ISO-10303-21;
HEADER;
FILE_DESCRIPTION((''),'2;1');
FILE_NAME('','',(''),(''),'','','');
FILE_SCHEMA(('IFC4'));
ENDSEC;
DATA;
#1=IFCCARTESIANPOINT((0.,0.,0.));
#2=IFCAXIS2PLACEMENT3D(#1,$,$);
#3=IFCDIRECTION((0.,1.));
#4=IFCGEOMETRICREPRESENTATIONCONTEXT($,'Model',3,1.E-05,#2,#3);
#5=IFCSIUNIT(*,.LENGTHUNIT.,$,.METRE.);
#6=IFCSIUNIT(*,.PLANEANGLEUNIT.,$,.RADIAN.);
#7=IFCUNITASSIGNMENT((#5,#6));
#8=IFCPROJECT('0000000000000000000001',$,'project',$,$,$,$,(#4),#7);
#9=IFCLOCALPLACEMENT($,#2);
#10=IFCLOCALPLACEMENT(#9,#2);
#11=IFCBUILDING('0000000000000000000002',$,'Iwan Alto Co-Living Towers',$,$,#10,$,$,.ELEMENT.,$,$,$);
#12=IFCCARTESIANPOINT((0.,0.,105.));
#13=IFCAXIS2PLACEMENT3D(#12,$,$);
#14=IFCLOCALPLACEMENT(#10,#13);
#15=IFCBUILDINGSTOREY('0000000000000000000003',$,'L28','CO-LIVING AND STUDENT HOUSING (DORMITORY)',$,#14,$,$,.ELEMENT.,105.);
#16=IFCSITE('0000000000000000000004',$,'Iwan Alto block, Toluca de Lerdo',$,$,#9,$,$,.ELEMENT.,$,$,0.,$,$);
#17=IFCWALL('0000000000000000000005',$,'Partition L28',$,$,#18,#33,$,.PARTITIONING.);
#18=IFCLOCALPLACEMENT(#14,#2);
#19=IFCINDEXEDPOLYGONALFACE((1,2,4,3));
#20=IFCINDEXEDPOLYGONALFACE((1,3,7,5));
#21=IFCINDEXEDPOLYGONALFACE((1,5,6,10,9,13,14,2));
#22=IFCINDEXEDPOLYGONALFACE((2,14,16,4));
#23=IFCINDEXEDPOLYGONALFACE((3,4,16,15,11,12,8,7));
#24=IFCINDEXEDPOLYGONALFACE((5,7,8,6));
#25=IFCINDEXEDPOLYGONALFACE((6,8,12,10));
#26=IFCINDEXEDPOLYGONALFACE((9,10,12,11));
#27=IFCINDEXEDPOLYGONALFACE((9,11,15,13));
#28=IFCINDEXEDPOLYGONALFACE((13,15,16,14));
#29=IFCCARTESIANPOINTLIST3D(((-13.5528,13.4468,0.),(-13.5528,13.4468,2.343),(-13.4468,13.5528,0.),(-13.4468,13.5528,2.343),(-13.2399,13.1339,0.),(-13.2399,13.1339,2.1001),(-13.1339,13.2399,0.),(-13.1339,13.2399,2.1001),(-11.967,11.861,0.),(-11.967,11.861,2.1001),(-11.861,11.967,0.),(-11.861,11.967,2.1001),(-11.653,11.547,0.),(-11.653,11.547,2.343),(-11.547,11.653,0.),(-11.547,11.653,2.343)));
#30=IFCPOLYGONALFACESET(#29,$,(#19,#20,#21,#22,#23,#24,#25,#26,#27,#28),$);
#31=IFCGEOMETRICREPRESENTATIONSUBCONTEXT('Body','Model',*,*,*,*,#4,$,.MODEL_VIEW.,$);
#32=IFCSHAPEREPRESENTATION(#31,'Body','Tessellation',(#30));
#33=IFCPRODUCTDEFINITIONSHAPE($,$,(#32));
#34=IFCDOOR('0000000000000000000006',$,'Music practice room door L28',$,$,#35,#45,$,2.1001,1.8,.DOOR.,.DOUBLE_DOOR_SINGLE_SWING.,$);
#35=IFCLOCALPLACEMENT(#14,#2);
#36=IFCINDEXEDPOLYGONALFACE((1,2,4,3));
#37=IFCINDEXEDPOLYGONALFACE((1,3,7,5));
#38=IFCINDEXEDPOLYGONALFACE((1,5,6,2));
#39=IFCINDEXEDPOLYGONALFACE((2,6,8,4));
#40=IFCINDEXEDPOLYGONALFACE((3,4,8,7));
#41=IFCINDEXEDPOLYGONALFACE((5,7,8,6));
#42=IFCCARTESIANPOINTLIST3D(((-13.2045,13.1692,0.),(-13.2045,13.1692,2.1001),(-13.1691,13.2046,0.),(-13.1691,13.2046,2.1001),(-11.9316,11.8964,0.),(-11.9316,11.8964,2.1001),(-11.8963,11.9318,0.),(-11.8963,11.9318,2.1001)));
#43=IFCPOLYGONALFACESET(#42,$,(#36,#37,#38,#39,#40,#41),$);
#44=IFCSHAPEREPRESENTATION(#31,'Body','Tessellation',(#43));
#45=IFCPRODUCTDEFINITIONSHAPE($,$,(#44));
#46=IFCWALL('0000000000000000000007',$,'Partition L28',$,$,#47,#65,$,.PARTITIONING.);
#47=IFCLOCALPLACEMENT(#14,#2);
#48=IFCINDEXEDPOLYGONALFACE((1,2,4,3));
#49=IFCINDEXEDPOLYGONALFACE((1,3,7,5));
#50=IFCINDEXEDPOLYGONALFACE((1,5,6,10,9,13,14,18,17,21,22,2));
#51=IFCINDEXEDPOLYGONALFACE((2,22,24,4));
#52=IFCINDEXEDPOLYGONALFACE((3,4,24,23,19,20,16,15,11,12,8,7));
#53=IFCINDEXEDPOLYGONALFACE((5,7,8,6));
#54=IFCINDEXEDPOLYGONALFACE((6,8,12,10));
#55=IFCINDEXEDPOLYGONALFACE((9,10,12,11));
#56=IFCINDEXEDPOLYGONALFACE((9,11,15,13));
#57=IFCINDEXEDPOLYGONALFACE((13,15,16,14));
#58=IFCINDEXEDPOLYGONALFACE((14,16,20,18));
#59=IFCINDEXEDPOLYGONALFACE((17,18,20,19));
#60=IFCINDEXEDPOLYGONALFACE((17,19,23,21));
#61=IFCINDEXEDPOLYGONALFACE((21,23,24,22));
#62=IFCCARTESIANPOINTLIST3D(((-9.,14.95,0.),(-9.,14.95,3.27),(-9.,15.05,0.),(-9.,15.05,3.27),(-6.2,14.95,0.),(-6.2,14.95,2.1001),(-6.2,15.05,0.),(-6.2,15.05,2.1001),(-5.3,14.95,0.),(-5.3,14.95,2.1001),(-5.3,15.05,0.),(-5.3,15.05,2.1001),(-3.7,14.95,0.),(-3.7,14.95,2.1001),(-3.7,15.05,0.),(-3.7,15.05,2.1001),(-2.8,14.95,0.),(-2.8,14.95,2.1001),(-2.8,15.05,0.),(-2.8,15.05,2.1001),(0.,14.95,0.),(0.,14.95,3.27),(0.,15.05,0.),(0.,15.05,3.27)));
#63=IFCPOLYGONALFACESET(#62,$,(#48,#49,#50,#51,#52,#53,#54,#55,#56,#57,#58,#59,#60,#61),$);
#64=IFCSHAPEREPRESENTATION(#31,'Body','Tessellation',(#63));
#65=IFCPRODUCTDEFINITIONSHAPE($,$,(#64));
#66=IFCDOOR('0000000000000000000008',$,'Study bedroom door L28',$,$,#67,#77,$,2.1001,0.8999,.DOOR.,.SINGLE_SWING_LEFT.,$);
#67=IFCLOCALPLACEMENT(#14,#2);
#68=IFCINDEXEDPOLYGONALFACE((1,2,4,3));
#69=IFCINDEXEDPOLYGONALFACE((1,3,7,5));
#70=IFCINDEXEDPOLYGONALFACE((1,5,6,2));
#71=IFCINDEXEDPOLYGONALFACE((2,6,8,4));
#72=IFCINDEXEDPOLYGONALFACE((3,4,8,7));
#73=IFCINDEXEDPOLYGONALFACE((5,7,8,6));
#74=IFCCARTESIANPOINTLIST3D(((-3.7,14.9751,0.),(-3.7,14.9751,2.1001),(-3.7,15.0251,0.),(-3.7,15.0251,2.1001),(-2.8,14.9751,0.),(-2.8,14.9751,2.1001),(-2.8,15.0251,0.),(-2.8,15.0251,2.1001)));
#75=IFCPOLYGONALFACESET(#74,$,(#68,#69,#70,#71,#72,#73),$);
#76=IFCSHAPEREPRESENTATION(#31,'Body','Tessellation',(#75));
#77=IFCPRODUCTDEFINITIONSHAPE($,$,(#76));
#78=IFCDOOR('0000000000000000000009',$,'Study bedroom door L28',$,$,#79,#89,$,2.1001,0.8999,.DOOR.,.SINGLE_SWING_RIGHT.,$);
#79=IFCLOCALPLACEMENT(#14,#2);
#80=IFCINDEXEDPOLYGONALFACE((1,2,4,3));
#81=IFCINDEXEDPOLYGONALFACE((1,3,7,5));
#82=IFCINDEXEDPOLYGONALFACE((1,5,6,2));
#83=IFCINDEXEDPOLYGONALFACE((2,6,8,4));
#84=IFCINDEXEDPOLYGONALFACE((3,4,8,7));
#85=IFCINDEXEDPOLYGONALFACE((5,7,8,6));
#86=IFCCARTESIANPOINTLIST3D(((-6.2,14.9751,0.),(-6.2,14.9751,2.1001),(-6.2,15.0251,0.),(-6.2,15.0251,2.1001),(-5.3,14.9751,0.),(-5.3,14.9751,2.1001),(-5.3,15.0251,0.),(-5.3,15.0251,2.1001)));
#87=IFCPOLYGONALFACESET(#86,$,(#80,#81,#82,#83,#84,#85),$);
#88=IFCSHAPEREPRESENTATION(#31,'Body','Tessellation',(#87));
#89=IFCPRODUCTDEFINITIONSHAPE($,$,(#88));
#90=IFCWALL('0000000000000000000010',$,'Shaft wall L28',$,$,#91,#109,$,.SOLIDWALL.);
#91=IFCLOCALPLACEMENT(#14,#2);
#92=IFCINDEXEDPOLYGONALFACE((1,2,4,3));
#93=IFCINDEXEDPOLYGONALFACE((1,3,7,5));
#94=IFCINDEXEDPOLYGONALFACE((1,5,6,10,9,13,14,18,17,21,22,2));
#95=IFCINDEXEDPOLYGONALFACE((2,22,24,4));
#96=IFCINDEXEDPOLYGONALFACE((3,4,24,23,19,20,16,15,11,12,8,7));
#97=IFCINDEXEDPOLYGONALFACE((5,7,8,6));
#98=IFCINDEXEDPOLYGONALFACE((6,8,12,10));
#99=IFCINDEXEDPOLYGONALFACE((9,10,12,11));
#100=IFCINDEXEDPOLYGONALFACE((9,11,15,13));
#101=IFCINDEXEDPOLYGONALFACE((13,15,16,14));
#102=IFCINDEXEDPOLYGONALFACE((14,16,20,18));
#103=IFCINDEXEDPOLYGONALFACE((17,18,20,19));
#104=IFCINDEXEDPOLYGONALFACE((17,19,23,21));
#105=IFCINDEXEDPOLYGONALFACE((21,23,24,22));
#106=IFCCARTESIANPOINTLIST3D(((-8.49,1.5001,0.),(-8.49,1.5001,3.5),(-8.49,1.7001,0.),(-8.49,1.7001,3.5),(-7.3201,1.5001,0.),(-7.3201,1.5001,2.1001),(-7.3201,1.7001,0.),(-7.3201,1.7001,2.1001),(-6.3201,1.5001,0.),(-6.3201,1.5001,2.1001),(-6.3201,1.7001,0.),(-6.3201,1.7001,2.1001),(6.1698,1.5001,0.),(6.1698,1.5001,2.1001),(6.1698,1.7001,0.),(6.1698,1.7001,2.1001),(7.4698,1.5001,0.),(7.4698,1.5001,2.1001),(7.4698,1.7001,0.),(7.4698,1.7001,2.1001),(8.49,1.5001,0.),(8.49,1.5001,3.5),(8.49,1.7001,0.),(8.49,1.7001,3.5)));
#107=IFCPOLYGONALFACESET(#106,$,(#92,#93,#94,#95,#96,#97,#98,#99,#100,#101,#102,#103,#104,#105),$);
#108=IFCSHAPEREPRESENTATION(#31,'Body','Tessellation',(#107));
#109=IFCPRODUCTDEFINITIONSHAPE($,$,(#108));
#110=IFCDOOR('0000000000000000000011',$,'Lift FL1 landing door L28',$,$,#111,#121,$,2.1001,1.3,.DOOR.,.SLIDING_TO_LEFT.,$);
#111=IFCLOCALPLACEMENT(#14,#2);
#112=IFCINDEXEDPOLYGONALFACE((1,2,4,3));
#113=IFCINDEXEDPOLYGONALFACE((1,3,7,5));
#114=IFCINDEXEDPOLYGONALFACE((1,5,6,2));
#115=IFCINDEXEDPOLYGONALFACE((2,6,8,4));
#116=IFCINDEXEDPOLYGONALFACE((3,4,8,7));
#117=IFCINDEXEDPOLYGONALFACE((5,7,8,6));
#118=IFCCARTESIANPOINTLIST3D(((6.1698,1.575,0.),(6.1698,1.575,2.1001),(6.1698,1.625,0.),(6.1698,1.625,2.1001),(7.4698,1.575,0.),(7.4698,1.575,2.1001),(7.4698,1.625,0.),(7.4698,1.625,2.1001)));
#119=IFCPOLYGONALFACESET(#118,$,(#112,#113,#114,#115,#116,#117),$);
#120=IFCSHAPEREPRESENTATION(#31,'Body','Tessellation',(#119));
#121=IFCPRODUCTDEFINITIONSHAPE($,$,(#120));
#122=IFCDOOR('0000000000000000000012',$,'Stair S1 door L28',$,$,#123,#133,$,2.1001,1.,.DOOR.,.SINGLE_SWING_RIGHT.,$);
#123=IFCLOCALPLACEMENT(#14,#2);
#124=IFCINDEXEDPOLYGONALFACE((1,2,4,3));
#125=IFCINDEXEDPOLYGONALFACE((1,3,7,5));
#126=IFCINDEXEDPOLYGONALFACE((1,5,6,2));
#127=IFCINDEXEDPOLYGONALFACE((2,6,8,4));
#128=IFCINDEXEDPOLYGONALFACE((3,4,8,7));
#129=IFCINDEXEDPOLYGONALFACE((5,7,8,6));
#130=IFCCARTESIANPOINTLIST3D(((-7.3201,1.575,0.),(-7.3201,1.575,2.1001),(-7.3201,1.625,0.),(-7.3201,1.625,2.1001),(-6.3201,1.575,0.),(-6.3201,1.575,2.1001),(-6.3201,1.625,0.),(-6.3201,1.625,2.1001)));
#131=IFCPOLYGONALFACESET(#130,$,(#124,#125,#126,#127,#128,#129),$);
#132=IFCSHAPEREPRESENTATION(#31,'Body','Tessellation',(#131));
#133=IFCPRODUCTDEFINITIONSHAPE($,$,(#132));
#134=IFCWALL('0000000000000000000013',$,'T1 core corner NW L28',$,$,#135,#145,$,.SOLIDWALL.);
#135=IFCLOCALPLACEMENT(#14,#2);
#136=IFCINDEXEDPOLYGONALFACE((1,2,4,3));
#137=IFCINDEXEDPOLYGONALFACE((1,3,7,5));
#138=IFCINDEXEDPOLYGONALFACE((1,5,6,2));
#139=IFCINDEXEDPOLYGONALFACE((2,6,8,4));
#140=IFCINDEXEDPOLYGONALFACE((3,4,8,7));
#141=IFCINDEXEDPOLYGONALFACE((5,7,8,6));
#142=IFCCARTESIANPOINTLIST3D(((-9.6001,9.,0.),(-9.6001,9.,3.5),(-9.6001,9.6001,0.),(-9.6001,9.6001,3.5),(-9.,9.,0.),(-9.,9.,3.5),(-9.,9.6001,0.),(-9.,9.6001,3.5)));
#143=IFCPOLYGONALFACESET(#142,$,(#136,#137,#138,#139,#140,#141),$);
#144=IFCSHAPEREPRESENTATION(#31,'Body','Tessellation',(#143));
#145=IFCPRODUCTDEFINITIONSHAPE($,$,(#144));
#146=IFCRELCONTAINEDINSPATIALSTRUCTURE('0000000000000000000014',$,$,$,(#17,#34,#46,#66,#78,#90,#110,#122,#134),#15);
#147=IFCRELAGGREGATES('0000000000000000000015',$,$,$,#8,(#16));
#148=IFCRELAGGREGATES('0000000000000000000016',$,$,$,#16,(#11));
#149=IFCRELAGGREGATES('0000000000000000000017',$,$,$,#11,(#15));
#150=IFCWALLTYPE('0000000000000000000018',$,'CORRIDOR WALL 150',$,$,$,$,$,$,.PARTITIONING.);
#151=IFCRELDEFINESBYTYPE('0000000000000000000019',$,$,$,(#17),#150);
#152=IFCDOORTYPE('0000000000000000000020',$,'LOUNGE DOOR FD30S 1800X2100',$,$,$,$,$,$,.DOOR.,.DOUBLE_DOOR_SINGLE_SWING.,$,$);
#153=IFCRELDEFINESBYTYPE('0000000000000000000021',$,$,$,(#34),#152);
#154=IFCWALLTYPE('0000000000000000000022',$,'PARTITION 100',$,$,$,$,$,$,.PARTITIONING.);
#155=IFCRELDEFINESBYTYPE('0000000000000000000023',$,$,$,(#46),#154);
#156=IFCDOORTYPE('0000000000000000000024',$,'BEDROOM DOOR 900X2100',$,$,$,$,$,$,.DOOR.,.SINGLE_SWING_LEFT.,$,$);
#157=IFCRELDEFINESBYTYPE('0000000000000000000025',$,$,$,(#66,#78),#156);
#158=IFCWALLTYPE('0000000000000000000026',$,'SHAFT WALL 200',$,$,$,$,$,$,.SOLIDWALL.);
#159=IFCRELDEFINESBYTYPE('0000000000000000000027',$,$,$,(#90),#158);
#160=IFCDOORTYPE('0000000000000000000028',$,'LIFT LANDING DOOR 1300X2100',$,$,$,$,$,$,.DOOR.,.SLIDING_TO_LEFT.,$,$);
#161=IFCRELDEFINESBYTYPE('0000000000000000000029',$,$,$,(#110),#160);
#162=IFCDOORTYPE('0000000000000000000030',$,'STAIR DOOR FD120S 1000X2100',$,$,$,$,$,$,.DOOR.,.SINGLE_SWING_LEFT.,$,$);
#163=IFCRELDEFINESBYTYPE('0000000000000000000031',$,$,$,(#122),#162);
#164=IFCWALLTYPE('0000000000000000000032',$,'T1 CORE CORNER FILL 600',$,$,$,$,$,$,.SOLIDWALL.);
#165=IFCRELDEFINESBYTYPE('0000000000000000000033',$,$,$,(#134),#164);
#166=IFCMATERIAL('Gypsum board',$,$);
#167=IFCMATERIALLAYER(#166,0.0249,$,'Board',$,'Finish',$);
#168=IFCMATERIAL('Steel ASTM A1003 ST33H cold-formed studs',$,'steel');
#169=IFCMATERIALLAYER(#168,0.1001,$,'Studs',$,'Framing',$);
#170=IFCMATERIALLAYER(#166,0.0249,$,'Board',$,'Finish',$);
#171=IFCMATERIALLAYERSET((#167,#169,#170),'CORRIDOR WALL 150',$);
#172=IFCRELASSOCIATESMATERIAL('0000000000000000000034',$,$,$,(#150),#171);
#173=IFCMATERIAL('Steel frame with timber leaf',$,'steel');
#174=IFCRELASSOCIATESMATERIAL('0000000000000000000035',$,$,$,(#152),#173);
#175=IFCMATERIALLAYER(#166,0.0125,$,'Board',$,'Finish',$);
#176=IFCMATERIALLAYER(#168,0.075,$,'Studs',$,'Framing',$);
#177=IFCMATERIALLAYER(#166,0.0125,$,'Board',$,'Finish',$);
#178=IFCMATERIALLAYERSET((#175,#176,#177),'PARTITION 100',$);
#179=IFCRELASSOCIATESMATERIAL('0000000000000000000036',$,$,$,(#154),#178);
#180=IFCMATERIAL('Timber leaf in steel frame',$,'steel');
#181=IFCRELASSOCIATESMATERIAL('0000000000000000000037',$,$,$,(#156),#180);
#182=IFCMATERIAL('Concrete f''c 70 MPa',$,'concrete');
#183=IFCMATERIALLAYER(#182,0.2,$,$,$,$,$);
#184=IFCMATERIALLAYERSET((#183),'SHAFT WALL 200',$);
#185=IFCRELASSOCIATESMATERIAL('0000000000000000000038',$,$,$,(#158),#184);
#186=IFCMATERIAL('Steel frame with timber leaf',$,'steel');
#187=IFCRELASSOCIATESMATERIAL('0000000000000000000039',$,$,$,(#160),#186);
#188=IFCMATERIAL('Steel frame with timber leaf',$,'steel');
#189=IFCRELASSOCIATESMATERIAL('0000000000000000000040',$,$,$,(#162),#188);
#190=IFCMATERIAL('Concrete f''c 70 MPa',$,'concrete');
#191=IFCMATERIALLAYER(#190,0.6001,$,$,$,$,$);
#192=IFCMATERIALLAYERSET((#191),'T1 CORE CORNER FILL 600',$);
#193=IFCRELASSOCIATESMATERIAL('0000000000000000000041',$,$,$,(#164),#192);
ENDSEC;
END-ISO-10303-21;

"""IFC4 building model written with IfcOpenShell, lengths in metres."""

from ifc_helpers import new_model, si_unit, direction, frame, frame_2d, origin, place, context, subcontext, project, spatial, rectangle, extrude, material, layer, layer_set, type_object, element, fill, save


model = new_model("IFC4")

# Units and contexts
model_context = context("Model", 3, precision=1e-05, world=origin(), true_north=direction((0.0, 1.0)))
body_context = subcontext(model_context, "Body", "Model", "MODEL_VIEW")
ifc_project = project(units=[si_unit("LENGTHUNIT", "METRE"), si_unit("PLANEANGLEUNIT", "RADIAN")], contexts=[model_context])

# Site, building, storey
site_placement = place(None, origin())
site = spatial("IfcSite", under=ifc_project, at=site_placement, Name="Iwan Alto block, Toluca de Lerdo", CompositionType="ELEMENT", RefElevation=0.0)
building_placement = place(site_placement, origin())
building = spatial("IfcBuilding", under=site, at=building_placement, Name="Iwan Alto Co-Living Towers", CompositionType="ELEMENT")
storey_placement = place(building_placement, frame((0.0, 0.0, 105.0)))
storey = spatial("IfcBuildingStorey", under=building, at=storey_placement, Name="L28", Description="CO-LIVING AND STUDENT HOUSING (DORMITORY)", CompositionType="ELEMENT", Elevation=105.0)

# Shared definitions
ifc_material_1 = material(Name="Gypsum board")
ifc_layer_1 = layer(ifc_material_1, 0.0249, Name="Board", Category="Finish")
ifc_material_2 = material(Name="Steel ASTM A1003 ST33H cold-formed studs", Category="steel")
ifc_layer_2 = layer(ifc_material_2, 0.1001, Name="Studs", Category="Framing")
ifc_layer_3 = layer(ifc_material_1, 0.0249, Name="Board", Category="Finish")
ifc_layer_set_1 = layer_set([ifc_layer_1, ifc_layer_2, ifc_layer_3], Name="CORRIDOR WALL 150")
wall_type_1 = type_object("IfcWallType", Name="CORRIDOR WALL 150", PredefinedType="PARTITIONING", material=ifc_layer_set_1)
ifc_material_3 = material(Name="Steel frame with timber leaf", Category="steel")
door_type_1 = type_object("IfcDoorType", Name="LOUNGE DOOR FD30S 1800X2100", OperationType="DOUBLE_DOOR_SINGLE_SWING", PredefinedType="DOOR", material=ifc_material_3)

# Wall, opening, door
wall_1_placement = place(storey_placement, frame((-11.6001, 11.6001, 0.0), z_axis=(0.0, 0.0, 1.0), x_axis=(-0.707107, 0.707107, 0.0)))
wall_1 = element("IfcWall", 1, at=wall_1_placement, inside=storey, type_object=wall_type_1, Name="Partition L28", PredefinedType="PARTITIONING", context=body_context, shape_type="SweptSolid", body=[
    extrude(rectangle(XDim=2.6868, YDim=0.1499, at=frame_2d((1.3433, 0.0))), origin(), (0.0, 0.0, 1.0), 2.343),
])
opening_1_placement = place(wall_1_placement, frame((0.4441, 0.0, 0.0)))
opening_1 = element("IfcOpeningElement", 2, at=opening_1_placement, cuts=wall_1, PredefinedType="OPENING", context=body_context, shape_type="SweptSolid", body=[
    extrude(rectangle(XDim=1.8, YDim=2.1001, at=frame_2d((0.8999, 1.05))), frame((0.0, 0.085, 0.0), z_axis=(0.0, -1.0, 0.0), x_axis=(1.0, 0.0, 0.0)), (0.0, 0.0, 1.0), 0.1699),
])
door_1_placement = place(opening_1_placement, origin())
door_1 = element("IfcDoor", 3, at=door_1_placement, inside=storey, type_object=door_type_1, Name="Music practice room door L28", OperationType="DOUBLE_DOOR_SINGLE_SWING", OverallHeight=2.1001, OverallWidth=1.8, PredefinedType="DOOR", context=body_context, shape_type="SweptSolid", body=[
    extrude(rectangle(XDim=1.8, YDim=2.1001, at=frame_2d((0.8999, 1.05))), frame((0.0, 0.0249, 0.0), z_axis=(0.0, -1.0, 0.0), x_axis=(1.0, 0.0, 0.0)), (0.0, 0.0, 1.0), 0.05),
])
fill(opening_1, door_1)

# Walls, openings, doors
ifc_layer_4 = layer(ifc_material_1, 0.0125, Name="Board", Category="Finish")
ifc_layer_5 = layer(ifc_material_2, 0.075, Name="Studs", Category="Framing")
ifc_layer_6 = layer(ifc_material_1, 0.0125, Name="Board", Category="Finish")
ifc_layer_set_2 = layer_set([ifc_layer_4, ifc_layer_5, ifc_layer_6], Name="PARTITION 100")
wall_type_2 = type_object("IfcWallType", Name="PARTITION 100", PredefinedType="PARTITIONING", material=ifc_layer_set_2)
wall_2_placement = place(storey_placement, frame((-9.0, 15.0, 0.0), z_axis=(0.0, 0.0, 1.0), x_axis=(1.0, 0.0, 0.0)))
wall_2 = element("IfcWall", 4, at=wall_2_placement, inside=storey, type_object=wall_type_2, Name="Partition L28", PredefinedType="PARTITIONING", context=body_context, shape_type="SweptSolid", body=[
    extrude(rectangle(XDim=9.0, YDim=0.1001, at=frame_2d((4.5, 0.0))), origin(), (0.0, 0.0, 1.0), 3.27),
])
opening_2_placement = place(wall_2_placement, frame((5.3, 0.0, 0.0)))
opening_2 = element("IfcOpeningElement", 5, at=opening_2_placement, cuts=wall_2, PredefinedType="OPENING", context=body_context, shape_type="SweptSolid", body=[
    extrude(rectangle(XDim=0.8999, YDim=2.1001, at=frame_2d((0.45, 1.05))), frame((0.0, 0.0601, 0.0), z_axis=(0.0, -1.0, 0.0), x_axis=(1.0, 0.0, 0.0)), (0.0, 0.0, 1.0), 0.1201),
])
opening_3_placement = place(wall_2_placement, frame((2.8, 0.0, 0.0)))
opening_3 = element("IfcOpeningElement", 6, at=opening_3_placement, cuts=wall_2, PredefinedType="OPENING", context=body_context, shape_type="SweptSolid", body=[
    extrude(rectangle(XDim=0.8999, YDim=2.1001, at=frame_2d((0.45, 1.05))), frame((0.0, 0.0601, 0.0), z_axis=(0.0, -1.0, 0.0), x_axis=(1.0, 0.0, 0.0)), (0.0, 0.0, 1.0), 0.1201),
])
ifc_material_4 = material(Name="Timber leaf in steel frame", Category="steel")
door_type_2 = type_object("IfcDoorType", Name="BEDROOM DOOR 900X2100", OperationType="SINGLE_SWING_LEFT", PredefinedType="DOOR", material=ifc_material_4)
door_2_placement = place(opening_2_placement, frame((0.8999, 0.0, 0.0), z_axis=(0.0, 0.0, 1.0), x_axis=(-1.0, 0.0, 0.0)))
door_2 = element("IfcDoor", 7, at=door_2_placement, inside=storey, type_object=door_type_2, Name="Study bedroom door L28", OperationType="SINGLE_SWING_LEFT", OverallHeight=2.1001, OverallWidth=0.8999, PredefinedType="DOOR", context=body_context, shape_type="SweptSolid", body=[
    extrude(rectangle(XDim=0.8999, YDim=2.1001, at=frame_2d((0.45, 1.05))), frame((0.0, 0.0249, 0.0), z_axis=(0.0, -1.0, 0.0), x_axis=(1.0, 0.0, 0.0)), (0.0, 0.0, 1.0), 0.05),
])
fill(opening_2, door_2)
door_3_placement = place(opening_3_placement, frame((0.8999, 0.0, 0.0), z_axis=(0.0, 0.0, 1.0), x_axis=(-1.0, 0.0, 0.0)))
door_3 = element("IfcDoor", 8, at=door_3_placement, inside=storey, type_object=door_type_2, Name="Study bedroom door L28", OperationType="SINGLE_SWING_RIGHT", OverallHeight=2.1001, OverallWidth=0.8999, PredefinedType="DOOR", context=body_context, shape_type="SweptSolid", body=[
    extrude(rectangle(XDim=0.8999, YDim=2.1001, at=frame_2d((0.45, 1.05))), frame((0.0, 0.0249, 0.0), z_axis=(0.0, -1.0, 0.0), x_axis=(1.0, 0.0, 0.0)), (0.0, 0.0, 1.0), 0.05),
])
fill(opening_3, door_3)
ifc_material_5 = material(Name="Concrete f'c 70 MPa", Category="concrete")
ifc_layer_7 = layer(ifc_material_5, 0.2)
ifc_layer_set_3 = layer_set([ifc_layer_7], Name="SHAFT WALL 200")
wall_type_3 = type_object("IfcWallType", Name="SHAFT WALL 200", PredefinedType="SOLIDWALL", material=ifc_layer_set_3)
wall_3_placement = place(storey_placement, frame((-8.49, 1.6001, 0.0), z_axis=(0.0, 0.0, 1.0), x_axis=(1.0, 0.0, 0.0)))
wall_3 = element("IfcWall", 9, at=wall_3_placement, inside=storey, type_object=wall_type_3, Name="Shaft wall L28", PredefinedType="SOLIDWALL", context=body_context, shape_type="SweptSolid", body=[
    extrude(rectangle(XDim=16.98, YDim=0.2, at=frame_2d((8.49, 0.0))), origin(), (0.0, 0.0, 1.0), 3.5),
])
opening_4_placement = place(wall_3_placement, frame((1.1699, 0.0, 0.0)))
opening_4 = element("IfcOpeningElement", 10, at=opening_4_placement, cuts=wall_3, PredefinedType="OPENING", context=body_context, shape_type="SweptSolid", body=[
    extrude(rectangle(XDim=1.0, YDim=2.1001, at=frame_2d((0.5, 1.05))), frame((0.0, 0.1099, 0.0), z_axis=(0.0, -1.0, 0.0), x_axis=(1.0, 0.0, 0.0)), (0.0, 0.0, 1.0), 0.22),
])
opening_5_placement = place(wall_3_placement, frame((14.6599, 0.0, 0.0)))
opening_5 = element("IfcOpeningElement", 11, at=opening_5_placement, cuts=wall_3, PredefinedType="OPENING", context=body_context, shape_type="SweptSolid", body=[
    extrude(rectangle(XDim=1.3, YDim=2.1001, at=frame_2d((0.6499, 1.05))), frame((0.0, 0.1099, 0.0), z_axis=(0.0, -1.0, 0.0), x_axis=(1.0, 0.0, 0.0)), (0.0, 0.0, 1.0), 0.22),
])
ifc_material_6 = material(Name="Steel frame with timber leaf", Category="steel")
door_type_3 = type_object("IfcDoorType", Name="LIFT LANDING DOOR 1300X2100", OperationType="SLIDING_TO_LEFT", PredefinedType="DOOR", material=ifc_material_6)
door_4_placement = place(opening_5_placement, origin())
door_4 = element("IfcDoor", 12, at=door_4_placement, inside=storey, type_object=door_type_3, Name="Lift FL1 landing door L28", OperationType="SLIDING_TO_LEFT", OverallHeight=2.1001, OverallWidth=1.3, PredefinedType="DOOR", context=body_context, shape_type="SweptSolid", body=[
    extrude(rectangle(XDim=1.3, YDim=2.1001, at=frame_2d((0.6499, 1.05))), frame((0.0, 0.0249, 0.0), z_axis=(0.0, -1.0, 0.0), x_axis=(1.0, 0.0, 0.0)), (0.0, 0.0, 1.0), 0.05),
])
fill(opening_5, door_4)
ifc_material_7 = material(Name="Steel frame with timber leaf", Category="steel")
door_type_4 = type_object("IfcDoorType", Name="STAIR DOOR FD120S 1000X2100", OperationType="SINGLE_SWING_LEFT", PredefinedType="DOOR", material=ifc_material_7)
door_5_placement = place(opening_4_placement, origin())
door_5 = element("IfcDoor", 13, at=door_5_placement, inside=storey, type_object=door_type_4, Name="Stair S1 door L28", OperationType="SINGLE_SWING_RIGHT", OverallHeight=2.1001, OverallWidth=1.0, PredefinedType="DOOR", context=body_context, shape_type="SweptSolid", body=[
    extrude(rectangle(XDim=1.0, YDim=2.1001, at=frame_2d((0.5, 1.05))), frame((0.0, 0.0249, 0.0), z_axis=(0.0, -1.0, 0.0), x_axis=(1.0, 0.0, 0.0)), (0.0, 0.0, 1.0), 0.05),
])
fill(opening_4, door_5)

# Wall
ifc_material_8 = material(Name="Concrete f'c 70 MPa", Category="concrete")
ifc_layer_8 = layer(ifc_material_8, 0.6001)
ifc_layer_set_4 = layer_set([ifc_layer_8], Name="T1 CORE CORNER FILL 600")
wall_type_4 = type_object("IfcWallType", Name="T1 CORE CORNER FILL 600", PredefinedType="SOLIDWALL", material=ifc_layer_set_4)
wall_4_placement = place(storey_placement, frame((-9.6001, 9.3, 0.0), z_axis=(0.0, 0.0, 1.0), x_axis=(1.0, 0.0, 0.0)))
element("IfcWall", 14, at=wall_4_placement, inside=storey, type_object=wall_type_4, Name="T1 core corner NW L28", PredefinedType="SOLIDWALL", context=body_context, shape_type="SweptSolid", body=[
    extrude(rectangle(XDim=0.6001, YDim=0.6001, at=frame_2d((0.3, 0.0))), origin(), (0.0, 0.0, 1.0), 3.5),
])

save(model, "model.ifc")
